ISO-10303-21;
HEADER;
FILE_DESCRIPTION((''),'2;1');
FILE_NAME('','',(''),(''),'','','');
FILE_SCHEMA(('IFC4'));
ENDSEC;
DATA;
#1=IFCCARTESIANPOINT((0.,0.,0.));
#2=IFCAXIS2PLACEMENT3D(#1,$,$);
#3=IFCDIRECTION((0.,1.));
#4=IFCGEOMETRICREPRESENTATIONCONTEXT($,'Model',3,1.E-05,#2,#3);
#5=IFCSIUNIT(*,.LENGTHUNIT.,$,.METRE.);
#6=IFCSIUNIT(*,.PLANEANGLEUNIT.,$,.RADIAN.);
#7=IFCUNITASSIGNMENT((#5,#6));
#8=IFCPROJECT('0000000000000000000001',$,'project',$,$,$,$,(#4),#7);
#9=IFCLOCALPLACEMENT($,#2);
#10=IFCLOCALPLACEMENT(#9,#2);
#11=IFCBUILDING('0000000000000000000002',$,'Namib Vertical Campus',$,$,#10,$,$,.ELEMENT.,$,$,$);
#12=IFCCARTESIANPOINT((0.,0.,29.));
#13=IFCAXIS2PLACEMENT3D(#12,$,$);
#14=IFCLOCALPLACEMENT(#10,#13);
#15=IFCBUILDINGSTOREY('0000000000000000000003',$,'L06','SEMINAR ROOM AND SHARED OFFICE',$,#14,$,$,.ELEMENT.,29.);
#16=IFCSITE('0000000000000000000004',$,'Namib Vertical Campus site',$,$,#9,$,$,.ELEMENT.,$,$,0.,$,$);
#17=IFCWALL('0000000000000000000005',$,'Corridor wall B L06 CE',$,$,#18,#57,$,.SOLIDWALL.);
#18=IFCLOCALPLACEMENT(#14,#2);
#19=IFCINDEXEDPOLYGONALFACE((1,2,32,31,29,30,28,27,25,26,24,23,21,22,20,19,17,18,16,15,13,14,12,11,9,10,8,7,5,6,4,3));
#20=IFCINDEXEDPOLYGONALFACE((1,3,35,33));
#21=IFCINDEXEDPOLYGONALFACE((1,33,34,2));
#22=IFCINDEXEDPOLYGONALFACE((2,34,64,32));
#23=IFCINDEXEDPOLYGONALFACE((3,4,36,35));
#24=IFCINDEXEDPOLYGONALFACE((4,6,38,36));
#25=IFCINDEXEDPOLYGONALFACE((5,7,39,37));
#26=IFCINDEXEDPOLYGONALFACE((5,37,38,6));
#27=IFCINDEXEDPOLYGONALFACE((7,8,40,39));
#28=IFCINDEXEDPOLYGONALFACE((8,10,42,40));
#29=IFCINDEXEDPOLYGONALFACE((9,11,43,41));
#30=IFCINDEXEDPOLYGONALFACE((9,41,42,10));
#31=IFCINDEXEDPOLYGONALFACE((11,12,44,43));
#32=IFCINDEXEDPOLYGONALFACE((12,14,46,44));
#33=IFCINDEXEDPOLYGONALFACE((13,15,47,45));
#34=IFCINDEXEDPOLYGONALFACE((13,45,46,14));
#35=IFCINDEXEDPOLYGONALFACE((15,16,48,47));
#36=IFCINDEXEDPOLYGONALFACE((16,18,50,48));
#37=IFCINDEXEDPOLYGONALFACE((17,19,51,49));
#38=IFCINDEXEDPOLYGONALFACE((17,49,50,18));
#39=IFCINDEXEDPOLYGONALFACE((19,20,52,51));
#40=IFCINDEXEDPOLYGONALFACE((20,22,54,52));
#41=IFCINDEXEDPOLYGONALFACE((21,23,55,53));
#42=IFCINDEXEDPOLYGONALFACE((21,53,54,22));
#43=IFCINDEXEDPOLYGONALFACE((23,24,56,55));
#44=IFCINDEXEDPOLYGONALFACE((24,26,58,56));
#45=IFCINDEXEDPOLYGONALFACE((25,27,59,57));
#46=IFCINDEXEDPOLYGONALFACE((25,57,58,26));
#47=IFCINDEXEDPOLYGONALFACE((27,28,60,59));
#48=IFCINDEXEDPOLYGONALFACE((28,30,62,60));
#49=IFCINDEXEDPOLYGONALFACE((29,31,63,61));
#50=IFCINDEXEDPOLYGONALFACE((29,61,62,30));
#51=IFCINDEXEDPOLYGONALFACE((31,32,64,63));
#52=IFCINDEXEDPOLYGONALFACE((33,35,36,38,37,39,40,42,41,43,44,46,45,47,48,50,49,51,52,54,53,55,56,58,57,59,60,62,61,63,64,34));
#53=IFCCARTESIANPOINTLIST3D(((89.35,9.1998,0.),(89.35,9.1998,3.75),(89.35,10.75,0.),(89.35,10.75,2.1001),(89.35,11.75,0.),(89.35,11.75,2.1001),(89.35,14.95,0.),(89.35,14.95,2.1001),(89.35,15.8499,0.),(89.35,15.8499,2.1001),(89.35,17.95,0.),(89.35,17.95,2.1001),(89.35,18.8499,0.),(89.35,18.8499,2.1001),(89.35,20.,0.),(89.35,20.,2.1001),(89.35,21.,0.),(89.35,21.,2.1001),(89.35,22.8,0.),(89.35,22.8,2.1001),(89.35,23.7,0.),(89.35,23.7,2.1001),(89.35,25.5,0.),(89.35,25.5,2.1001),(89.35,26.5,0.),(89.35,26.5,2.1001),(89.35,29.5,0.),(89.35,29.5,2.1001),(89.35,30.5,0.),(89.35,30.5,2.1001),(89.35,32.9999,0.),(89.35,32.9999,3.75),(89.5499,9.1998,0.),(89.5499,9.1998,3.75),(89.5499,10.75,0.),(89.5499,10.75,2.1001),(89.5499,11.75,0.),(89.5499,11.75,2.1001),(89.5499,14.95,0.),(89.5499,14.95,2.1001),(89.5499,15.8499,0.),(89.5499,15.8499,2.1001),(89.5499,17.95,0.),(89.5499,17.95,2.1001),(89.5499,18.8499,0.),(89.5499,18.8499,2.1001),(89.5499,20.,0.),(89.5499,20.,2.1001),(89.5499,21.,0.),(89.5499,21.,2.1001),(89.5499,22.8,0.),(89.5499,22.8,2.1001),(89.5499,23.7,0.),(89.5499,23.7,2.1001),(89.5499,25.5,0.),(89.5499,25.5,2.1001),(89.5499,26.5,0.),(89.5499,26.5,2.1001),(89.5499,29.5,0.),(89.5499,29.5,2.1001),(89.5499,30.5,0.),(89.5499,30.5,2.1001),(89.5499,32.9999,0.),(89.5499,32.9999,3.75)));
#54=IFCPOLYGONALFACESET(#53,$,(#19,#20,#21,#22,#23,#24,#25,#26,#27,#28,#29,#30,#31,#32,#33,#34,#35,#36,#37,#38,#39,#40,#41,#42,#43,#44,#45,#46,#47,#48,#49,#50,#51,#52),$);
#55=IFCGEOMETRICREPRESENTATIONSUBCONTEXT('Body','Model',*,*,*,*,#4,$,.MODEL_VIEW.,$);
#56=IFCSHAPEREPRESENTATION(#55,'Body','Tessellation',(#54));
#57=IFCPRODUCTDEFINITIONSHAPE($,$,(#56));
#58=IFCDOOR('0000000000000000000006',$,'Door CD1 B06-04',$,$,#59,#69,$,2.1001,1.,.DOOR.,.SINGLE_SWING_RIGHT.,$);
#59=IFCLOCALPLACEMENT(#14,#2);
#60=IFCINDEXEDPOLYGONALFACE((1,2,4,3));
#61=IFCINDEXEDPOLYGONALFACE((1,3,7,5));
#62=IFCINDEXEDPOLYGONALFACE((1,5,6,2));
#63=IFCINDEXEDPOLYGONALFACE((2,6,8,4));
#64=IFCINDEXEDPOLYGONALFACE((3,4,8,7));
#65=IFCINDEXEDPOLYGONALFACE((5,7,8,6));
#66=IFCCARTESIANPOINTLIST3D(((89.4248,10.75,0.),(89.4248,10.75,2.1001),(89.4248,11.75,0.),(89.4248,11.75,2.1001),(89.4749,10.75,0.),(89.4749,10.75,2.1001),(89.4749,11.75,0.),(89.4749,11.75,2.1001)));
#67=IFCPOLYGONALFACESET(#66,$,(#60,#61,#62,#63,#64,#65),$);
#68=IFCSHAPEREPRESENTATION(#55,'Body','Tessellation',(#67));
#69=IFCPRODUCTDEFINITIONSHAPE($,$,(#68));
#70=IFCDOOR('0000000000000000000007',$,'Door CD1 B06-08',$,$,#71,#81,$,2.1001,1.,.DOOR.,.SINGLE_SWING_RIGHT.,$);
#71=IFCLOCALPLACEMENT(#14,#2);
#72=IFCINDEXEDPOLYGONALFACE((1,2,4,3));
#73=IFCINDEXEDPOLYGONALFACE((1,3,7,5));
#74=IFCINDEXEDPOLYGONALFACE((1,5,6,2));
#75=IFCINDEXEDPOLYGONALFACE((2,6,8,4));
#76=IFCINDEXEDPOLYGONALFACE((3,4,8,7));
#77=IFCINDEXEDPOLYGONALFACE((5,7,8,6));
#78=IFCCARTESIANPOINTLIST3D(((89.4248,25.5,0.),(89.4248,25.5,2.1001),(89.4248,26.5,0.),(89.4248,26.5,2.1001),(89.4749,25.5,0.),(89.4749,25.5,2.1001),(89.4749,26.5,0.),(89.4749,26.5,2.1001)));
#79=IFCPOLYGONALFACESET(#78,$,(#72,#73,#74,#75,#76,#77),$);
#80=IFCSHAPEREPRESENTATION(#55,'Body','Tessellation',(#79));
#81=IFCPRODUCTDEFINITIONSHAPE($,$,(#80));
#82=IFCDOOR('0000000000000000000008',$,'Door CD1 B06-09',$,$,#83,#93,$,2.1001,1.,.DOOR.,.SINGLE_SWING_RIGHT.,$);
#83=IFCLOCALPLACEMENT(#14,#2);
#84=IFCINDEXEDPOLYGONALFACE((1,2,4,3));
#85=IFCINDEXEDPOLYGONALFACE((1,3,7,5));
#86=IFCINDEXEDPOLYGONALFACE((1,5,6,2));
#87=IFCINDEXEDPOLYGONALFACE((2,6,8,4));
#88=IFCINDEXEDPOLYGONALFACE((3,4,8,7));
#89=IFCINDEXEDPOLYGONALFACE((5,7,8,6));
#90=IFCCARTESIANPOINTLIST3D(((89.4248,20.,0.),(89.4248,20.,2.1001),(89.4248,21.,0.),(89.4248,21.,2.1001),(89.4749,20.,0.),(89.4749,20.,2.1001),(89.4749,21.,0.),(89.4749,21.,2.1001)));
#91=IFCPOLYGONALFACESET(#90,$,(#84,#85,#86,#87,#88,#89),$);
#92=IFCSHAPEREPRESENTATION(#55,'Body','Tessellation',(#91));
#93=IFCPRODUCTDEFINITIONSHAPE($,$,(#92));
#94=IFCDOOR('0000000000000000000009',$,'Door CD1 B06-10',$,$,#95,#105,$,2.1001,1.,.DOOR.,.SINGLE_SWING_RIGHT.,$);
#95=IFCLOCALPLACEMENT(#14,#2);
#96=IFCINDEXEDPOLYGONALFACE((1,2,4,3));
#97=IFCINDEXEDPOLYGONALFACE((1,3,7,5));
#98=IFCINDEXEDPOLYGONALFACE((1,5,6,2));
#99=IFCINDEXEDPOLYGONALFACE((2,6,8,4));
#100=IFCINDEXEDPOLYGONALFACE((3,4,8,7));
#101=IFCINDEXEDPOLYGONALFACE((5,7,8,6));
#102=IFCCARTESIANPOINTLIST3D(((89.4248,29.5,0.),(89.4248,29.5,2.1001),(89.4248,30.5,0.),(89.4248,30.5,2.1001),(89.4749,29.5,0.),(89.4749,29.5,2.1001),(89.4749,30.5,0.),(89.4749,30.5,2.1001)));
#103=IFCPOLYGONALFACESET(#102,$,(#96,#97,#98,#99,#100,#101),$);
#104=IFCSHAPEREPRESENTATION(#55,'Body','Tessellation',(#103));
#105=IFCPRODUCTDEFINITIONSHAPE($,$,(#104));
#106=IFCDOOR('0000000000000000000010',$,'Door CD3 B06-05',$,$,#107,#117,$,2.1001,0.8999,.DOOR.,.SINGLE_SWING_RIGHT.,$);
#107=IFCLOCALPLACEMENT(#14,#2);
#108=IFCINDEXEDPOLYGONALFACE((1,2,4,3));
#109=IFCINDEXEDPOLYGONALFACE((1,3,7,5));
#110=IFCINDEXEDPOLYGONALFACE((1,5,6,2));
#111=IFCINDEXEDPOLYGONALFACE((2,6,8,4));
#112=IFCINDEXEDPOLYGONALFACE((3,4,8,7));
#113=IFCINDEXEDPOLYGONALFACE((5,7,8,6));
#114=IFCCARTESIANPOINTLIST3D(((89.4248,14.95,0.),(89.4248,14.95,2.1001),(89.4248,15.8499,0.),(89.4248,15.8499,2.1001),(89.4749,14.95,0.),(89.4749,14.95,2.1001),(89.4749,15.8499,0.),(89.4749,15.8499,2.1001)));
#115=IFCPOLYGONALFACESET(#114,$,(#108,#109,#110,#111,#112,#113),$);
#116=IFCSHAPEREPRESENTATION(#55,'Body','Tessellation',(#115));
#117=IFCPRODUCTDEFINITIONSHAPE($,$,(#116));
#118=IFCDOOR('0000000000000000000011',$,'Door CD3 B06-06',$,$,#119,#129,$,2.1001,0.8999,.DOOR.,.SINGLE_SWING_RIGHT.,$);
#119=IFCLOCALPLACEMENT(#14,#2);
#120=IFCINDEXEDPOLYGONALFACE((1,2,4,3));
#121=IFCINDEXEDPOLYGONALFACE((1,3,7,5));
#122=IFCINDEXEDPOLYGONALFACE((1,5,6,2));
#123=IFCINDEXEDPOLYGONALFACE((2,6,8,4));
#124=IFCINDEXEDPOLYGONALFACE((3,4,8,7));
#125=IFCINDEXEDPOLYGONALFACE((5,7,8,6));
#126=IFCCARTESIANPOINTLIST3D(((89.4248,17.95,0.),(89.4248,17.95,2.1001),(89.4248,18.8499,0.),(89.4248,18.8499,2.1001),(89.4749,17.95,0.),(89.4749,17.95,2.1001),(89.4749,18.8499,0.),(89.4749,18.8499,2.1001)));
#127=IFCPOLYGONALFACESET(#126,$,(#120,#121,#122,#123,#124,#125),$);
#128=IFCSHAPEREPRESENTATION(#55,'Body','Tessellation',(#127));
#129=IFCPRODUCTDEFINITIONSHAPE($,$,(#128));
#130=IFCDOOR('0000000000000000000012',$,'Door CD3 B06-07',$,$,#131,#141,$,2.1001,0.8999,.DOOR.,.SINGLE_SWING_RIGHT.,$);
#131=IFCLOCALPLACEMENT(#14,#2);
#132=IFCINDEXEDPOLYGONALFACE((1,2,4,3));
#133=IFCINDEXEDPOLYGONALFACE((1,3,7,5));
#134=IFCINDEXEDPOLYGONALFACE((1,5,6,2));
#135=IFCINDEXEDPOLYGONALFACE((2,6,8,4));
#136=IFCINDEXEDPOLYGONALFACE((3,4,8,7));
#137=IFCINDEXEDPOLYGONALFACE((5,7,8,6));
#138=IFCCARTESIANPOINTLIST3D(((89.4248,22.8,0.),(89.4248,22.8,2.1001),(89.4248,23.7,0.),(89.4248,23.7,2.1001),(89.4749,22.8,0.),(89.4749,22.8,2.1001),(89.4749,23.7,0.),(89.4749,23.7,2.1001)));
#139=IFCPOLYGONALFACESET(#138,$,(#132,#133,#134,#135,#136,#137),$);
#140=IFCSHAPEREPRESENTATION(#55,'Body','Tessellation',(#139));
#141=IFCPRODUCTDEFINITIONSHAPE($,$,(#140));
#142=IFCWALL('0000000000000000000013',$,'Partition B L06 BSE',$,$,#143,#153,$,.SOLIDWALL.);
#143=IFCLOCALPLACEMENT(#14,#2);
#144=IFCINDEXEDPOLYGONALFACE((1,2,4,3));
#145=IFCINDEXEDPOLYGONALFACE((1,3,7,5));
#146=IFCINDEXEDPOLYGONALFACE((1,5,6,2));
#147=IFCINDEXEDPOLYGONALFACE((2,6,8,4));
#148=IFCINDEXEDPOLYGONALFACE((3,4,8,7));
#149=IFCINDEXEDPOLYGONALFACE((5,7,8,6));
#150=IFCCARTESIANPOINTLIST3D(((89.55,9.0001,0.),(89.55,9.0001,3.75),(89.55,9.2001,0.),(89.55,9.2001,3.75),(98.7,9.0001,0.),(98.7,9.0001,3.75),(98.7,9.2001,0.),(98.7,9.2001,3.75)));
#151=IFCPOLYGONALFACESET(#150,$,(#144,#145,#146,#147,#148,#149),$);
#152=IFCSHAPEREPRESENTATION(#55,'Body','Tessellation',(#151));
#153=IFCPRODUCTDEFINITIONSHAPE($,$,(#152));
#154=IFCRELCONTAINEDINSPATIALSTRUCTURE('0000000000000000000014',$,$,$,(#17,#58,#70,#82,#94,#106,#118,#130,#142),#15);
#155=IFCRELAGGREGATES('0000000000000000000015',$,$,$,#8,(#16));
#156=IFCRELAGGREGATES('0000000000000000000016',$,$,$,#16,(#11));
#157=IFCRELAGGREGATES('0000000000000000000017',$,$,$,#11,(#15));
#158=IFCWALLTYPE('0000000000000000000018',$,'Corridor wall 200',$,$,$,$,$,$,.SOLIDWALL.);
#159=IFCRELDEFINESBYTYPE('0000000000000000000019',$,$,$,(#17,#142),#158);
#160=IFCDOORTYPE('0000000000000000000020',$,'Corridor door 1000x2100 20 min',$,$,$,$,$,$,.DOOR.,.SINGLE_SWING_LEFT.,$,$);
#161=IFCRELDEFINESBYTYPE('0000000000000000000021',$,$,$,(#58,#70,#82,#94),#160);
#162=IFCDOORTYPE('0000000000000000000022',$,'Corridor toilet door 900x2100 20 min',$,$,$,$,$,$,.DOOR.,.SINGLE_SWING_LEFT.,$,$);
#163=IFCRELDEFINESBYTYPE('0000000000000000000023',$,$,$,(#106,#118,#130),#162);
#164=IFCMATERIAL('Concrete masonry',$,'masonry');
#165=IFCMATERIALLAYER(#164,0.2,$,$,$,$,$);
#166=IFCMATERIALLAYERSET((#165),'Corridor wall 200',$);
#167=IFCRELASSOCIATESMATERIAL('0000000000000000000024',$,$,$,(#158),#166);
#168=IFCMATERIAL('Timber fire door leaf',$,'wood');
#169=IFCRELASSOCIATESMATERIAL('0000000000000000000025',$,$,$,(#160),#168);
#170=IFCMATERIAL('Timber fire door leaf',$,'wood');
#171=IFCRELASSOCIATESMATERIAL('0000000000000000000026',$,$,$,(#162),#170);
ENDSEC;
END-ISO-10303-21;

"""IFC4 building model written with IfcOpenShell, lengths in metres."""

from ifc_helpers import new_model, si_unit, direction, frame, frame_2d, origin, place, context, subcontext, project, spatial, rectangle, extrude, material, layer, layer_set, type_object, element, fill, save


model = new_model("IFC4")

# Units and contexts
model_context = context("Model", 3, precision=1e-05, world=origin(), true_north=direction((0.0, 1.0)))
body_context = subcontext(model_context, "Body", "Model", "MODEL_VIEW")
ifc_project = project(units=[si_unit("LENGTHUNIT", "METRE"), si_unit("PLANEANGLEUNIT", "RADIAN")], contexts=[model_context])

# Site, building, storey
site_placement = place(None, origin())
site = spatial("IfcSite", under=ifc_project, at=site_placement, Name="Namib Vertical Campus site", CompositionType="ELEMENT", RefElevation=0.0)
building_placement = place(site_placement, origin())
building = spatial("IfcBuilding", under=site, at=building_placement, Name="Namib Vertical Campus", CompositionType="ELEMENT")
storey_placement = place(building_placement, frame((0.0, 0.0, 29.0)))
storey = spatial("IfcBuildingStorey", under=building, at=storey_placement, Name="L06", Description="SEMINAR ROOM AND SHARED OFFICE", CompositionType="ELEMENT", Elevation=29.0)

# Wall, openings, doors
ifc_material_1 = material(Name="Concrete masonry", Category="masonry")
ifc_layer_1 = layer(ifc_material_1, 0.2)
ifc_layer_set_1 = layer_set([ifc_layer_1], Name="Corridor wall 200")
wall_type_1 = type_object("IfcWallType", Name="Corridor wall 200", PredefinedType="SOLIDWALL", material=ifc_layer_set_1)
wall_1_placement = place(storey_placement, frame((89.45, 9.2, 0.0), z_axis=(0.0, 0.0, 1.0), x_axis=(0.0, 1.0, 0.0)))
wall_1 = element("IfcWall", 1, at=wall_1_placement, inside=storey, type_object=wall_type_1, Name="Corridor wall B L06 CE", PredefinedType="SOLIDWALL", context=body_context, shape_type="SweptSolid", body=[
    extrude(rectangle(XDim=23.8, YDim=0.2, at=frame_2d((11.8999, 0.0))), origin(), (0.0, 0.0, 1.0), 3.75),
])
opening_1_placement = place(wall_1_placement, frame((1.55, 0.0, 0.0)))
opening_1 = element("IfcOpeningElement", 2, at=opening_1_placement, cuts=wall_1, PredefinedType="OPENING", context=body_context, shape_type="SweptSolid", body=[
    extrude(rectangle(XDim=1.0, YDim=2.1001, at=frame_2d((0.5, 1.05))), frame((0.0, 0.1099, 0.0), z_axis=(0.0, -1.0, 0.0), x_axis=(1.0, 0.0, 0.0)), (0.0, 0.0, 1.0), 0.22),
])
opening_2_placement = place(wall_1_placement, frame((5.75, 0.0, 0.0)))
opening_2 = element("IfcOpeningElement", 3, at=opening_2_placement, cuts=wall_1, PredefinedType="OPENING", context=body_context, shape_type="SweptSolid", body=[
    extrude(rectangle(XDim=0.8999, YDim=2.1001, at=frame_2d((0.45, 1.05))), frame((0.0, 0.1099, 0.0), z_axis=(0.0, -1.0, 0.0), x_axis=(1.0, 0.0, 0.0)), (0.0, 0.0, 1.0), 0.22),
])
opening_3_placement = place(wall_1_placement, frame((8.75, 0.0, 0.0)))
opening_3 = element("IfcOpeningElement", 4, at=opening_3_placement, cuts=wall_1, PredefinedType="OPENING", context=body_context, shape_type="SweptSolid", body=[
    extrude(rectangle(XDim=0.8999, YDim=2.1001, at=frame_2d((0.45, 1.05))), frame((0.0, 0.1099, 0.0), z_axis=(0.0, -1.0, 0.0), x_axis=(1.0, 0.0, 0.0)), (0.0, 0.0, 1.0), 0.22),
])
opening_4_placement = place(wall_1_placement, frame((13.6001, 0.0, 0.0)))
opening_4 = element("IfcOpeningElement", 5, at=opening_4_placement, cuts=wall_1, PredefinedType="OPENING", context=body_context, shape_type="SweptSolid", body=[
    extrude(rectangle(XDim=0.8999, YDim=2.1001, at=frame_2d((0.45, 1.05))), frame((0.0, 0.1099, 0.0), z_axis=(0.0, -1.0, 0.0), x_axis=(1.0, 0.0, 0.0)), (0.0, 0.0, 1.0), 0.22),
])
opening_5_placement = place(wall_1_placement, frame((16.3, 0.0, 0.0)))
opening_5 = element("IfcOpeningElement", 6, at=opening_5_placement, cuts=wall_1, PredefinedType="OPENING", context=body_context, shape_type="SweptSolid", body=[
    extrude(rectangle(XDim=1.0, YDim=2.1001, at=frame_2d((0.5, 1.05))), frame((0.0, 0.1099, 0.0), z_axis=(0.0, -1.0, 0.0), x_axis=(1.0, 0.0, 0.0)), (0.0, 0.0, 1.0), 0.22),
])
opening_6_placement = place(wall_1_placement, frame((10.8, 0.0, 0.0)))
opening_6 = element("IfcOpeningElement", 7, at=opening_6_placement, cuts=wall_1, PredefinedType="OPENING", context=body_context, shape_type="SweptSolid", body=[
    extrude(rectangle(XDim=1.0, YDim=2.1001, at=frame_2d((0.5, 1.05))), frame((0.0, 0.1099, 0.0), z_axis=(0.0, -1.0, 0.0), x_axis=(1.0, 0.0, 0.0)), (0.0, 0.0, 1.0), 0.22),
])
opening_7_placement = place(wall_1_placement, frame((20.3, 0.0, 0.0)))
opening_7 = element("IfcOpeningElement", 8, at=opening_7_placement, cuts=wall_1, PredefinedType="OPENING", context=body_context, shape_type="SweptSolid", body=[
    extrude(rectangle(XDim=1.0, YDim=2.1001, at=frame_2d((0.5, 1.05))), frame((0.0, 0.1099, 0.0), z_axis=(0.0, -1.0, 0.0), x_axis=(1.0, 0.0, 0.0)), (0.0, 0.0, 1.0), 0.22),
])
ifc_material_2 = material(Name="Timber fire door leaf", Category="wood")
door_type_1 = type_object("IfcDoorType", Name="Corridor door 1000x2100 20 min", OperationType="SINGLE_SWING_LEFT", PredefinedType="DOOR", material=ifc_material_2)
door_1_placement = place(opening_1_placement, frame((1.0, 0.0, 0.0), z_axis=(0.0, 0.0, 1.0), x_axis=(-1.0, 0.0, 0.0)))
door_1 = element("IfcDoor", 9, at=door_1_placement, inside=storey, type_object=door_type_1, Name="Door CD1 B06-04", OperationType="SINGLE_SWING_RIGHT", OverallHeight=2.1001, OverallWidth=1.0, PredefinedType="DOOR", context=body_context, shape_type="SweptSolid", body=[
    extrude(rectangle(XDim=1.0, YDim=2.1001, at=frame_2d((0.5, 1.05))), frame((0.0, 0.0249, 0.0), z_axis=(0.0, -1.0, 0.0), x_axis=(1.0, 0.0, 0.0)), (0.0, 0.0, 1.0), 0.05),
])
fill(opening_1, door_1)
door_2_placement = place(opening_5_placement, frame((1.0, 0.0, 0.0), z_axis=(0.0, 0.0, 1.0), x_axis=(-1.0, 0.0, 0.0)))
door_2 = element("IfcDoor", 10, at=door_2_placement, inside=storey, type_object=door_type_1, Name="Door CD1 B06-08", OperationType="SINGLE_SWING_RIGHT", OverallHeight=2.1001, OverallWidth=1.0, PredefinedType="DOOR", context=body_context, shape_type="SweptSolid", body=[
    extrude(rectangle(XDim=1.0, YDim=2.1001, at=frame_2d((0.5, 1.05))), frame((0.0, 0.0249, 0.0), z_axis=(0.0, -1.0, 0.0), x_axis=(1.0, 0.0, 0.0)), (0.0, 0.0, 1.0), 0.05),
])
fill(opening_5, door_2)
door_3_placement = place(opening_6_placement, frame((1.0, 0.0, 0.0), z_axis=(0.0, 0.0, 1.0), x_axis=(-1.0, 0.0, 0.0)))
door_3 = element("IfcDoor", 11, at=door_3_placement, inside=storey, type_object=door_type_1, Name="Door CD1 B06-09", OperationType="SINGLE_SWING_RIGHT", OverallHeight=2.1001, OverallWidth=1.0, PredefinedType="DOOR", context=body_context, shape_type="SweptSolid", body=[
    extrude(rectangle(XDim=1.0, YDim=2.1001, at=frame_2d((0.5, 1.05))), frame((0.0, 0.0249, 0.0), z_axis=(0.0, -1.0, 0.0), x_axis=(1.0, 0.0, 0.0)), (0.0, 0.0, 1.0), 0.05),
])
fill(opening_6, door_3)
door_4_placement = place(opening_7_placement, frame((1.0, 0.0, 0.0), z_axis=(0.0, 0.0, 1.0), x_axis=(-1.0, 0.0, 0.0)))
door_4 = element("IfcDoor", 12, at=door_4_placement, inside=storey, type_object=door_type_1, Name="Door CD1 B06-10", OperationType="SINGLE_SWING_RIGHT", OverallHeight=2.1001, OverallWidth=1.0, PredefinedType="DOOR", context=body_context, shape_type="SweptSolid", body=[
    extrude(rectangle(XDim=1.0, YDim=2.1001, at=frame_2d((0.5, 1.05))), frame((0.0, 0.0249, 0.0), z_axis=(0.0, -1.0, 0.0), x_axis=(1.0, 0.0, 0.0)), (0.0, 0.0, 1.0), 0.05),
])
fill(opening_7, door_4)
ifc_material_3 = material(Name="Timber fire door leaf", Category="wood")
door_type_2 = type_object("IfcDoorType", Name="Corridor toilet door 900x2100 20 min", OperationType="SINGLE_SWING_LEFT", PredefinedType="DOOR", material=ifc_material_3)
door_5_placement = place(opening_2_placement, frame((0.8999, 0.0, 0.0), z_axis=(0.0, 0.0, 1.0), x_axis=(-1.0, 0.0, 0.0)))
door_5 = element("IfcDoor", 13, at=door_5_placement, inside=storey, type_object=door_type_2, Name="Door CD3 B06-05", OperationType="SINGLE_SWING_RIGHT", OverallHeight=2.1001, OverallWidth=0.8999, PredefinedType="DOOR", context=body_context, shape_type="SweptSolid", body=[
    extrude(rectangle(XDim=0.8999, YDim=2.1001, at=frame_2d((0.45, 1.05))), frame((0.0, 0.0249, 0.0), z_axis=(0.0, -1.0, 0.0), x_axis=(1.0, 0.0, 0.0)), (0.0, 0.0, 1.0), 0.05),
])
fill(opening_2, door_5)
door_6_placement = place(opening_3_placement, frame((0.8999, 0.0, 0.0), z_axis=(0.0, 0.0, 1.0), x_axis=(-1.0, 0.0, 0.0)))
door_6 = element("IfcDoor", 14, at=door_6_placement, inside=storey, type_object=door_type_2, Name="Door CD3 B06-06", OperationType="SINGLE_SWING_RIGHT", OverallHeight=2.1001, OverallWidth=0.8999, PredefinedType="DOOR", context=body_context, shape_type="SweptSolid", body=[
    extrude(rectangle(XDim=0.8999, YDim=2.1001, at=frame_2d((0.45, 1.05))), frame((0.0, 0.0249, 0.0), z_axis=(0.0, -1.0, 0.0), x_axis=(1.0, 0.0, 0.0)), (0.0, 0.0, 1.0), 0.05),
])
fill(opening_3, door_6)
door_7_placement = place(opening_4_placement, frame((0.8999, 0.0, 0.0), z_axis=(0.0, 0.0, 1.0), x_axis=(-1.0, 0.0, 0.0)))
door_7 = element("IfcDoor", 15, at=door_7_placement, inside=storey, type_object=door_type_2, Name="Door CD3 B06-07", OperationType="SINGLE_SWING_RIGHT", OverallHeight=2.1001, OverallWidth=0.8999, PredefinedType="DOOR", context=body_context, shape_type="SweptSolid", body=[
    extrude(rectangle(XDim=0.8999, YDim=2.1001, at=frame_2d((0.45, 1.05))), frame((0.0, 0.0249, 0.0), z_axis=(0.0, -1.0, 0.0), x_axis=(1.0, 0.0, 0.0)), (0.0, 0.0, 1.0), 0.05),
])
fill(opening_4, door_7)

# Wall
wall_2_placement = place(storey_placement, frame((89.55, 9.1001, 0.0), z_axis=(0.0, 0.0, 1.0), x_axis=(1.0, 0.0, 0.0)))
element("IfcWall", 16, at=wall_2_placement, inside=storey, type_object=wall_type_1, Name="Partition B L06 BSE", PredefinedType="SOLIDWALL", context=body_context, shape_type="SweptSolid", body=[
    extrude(rectangle(XDim=9.1499, YDim=0.2, at=frame_2d((4.575, 0.0))), origin(), (0.0, 0.0, 1.0), 3.75),
])

save(model, "model.ifc")
